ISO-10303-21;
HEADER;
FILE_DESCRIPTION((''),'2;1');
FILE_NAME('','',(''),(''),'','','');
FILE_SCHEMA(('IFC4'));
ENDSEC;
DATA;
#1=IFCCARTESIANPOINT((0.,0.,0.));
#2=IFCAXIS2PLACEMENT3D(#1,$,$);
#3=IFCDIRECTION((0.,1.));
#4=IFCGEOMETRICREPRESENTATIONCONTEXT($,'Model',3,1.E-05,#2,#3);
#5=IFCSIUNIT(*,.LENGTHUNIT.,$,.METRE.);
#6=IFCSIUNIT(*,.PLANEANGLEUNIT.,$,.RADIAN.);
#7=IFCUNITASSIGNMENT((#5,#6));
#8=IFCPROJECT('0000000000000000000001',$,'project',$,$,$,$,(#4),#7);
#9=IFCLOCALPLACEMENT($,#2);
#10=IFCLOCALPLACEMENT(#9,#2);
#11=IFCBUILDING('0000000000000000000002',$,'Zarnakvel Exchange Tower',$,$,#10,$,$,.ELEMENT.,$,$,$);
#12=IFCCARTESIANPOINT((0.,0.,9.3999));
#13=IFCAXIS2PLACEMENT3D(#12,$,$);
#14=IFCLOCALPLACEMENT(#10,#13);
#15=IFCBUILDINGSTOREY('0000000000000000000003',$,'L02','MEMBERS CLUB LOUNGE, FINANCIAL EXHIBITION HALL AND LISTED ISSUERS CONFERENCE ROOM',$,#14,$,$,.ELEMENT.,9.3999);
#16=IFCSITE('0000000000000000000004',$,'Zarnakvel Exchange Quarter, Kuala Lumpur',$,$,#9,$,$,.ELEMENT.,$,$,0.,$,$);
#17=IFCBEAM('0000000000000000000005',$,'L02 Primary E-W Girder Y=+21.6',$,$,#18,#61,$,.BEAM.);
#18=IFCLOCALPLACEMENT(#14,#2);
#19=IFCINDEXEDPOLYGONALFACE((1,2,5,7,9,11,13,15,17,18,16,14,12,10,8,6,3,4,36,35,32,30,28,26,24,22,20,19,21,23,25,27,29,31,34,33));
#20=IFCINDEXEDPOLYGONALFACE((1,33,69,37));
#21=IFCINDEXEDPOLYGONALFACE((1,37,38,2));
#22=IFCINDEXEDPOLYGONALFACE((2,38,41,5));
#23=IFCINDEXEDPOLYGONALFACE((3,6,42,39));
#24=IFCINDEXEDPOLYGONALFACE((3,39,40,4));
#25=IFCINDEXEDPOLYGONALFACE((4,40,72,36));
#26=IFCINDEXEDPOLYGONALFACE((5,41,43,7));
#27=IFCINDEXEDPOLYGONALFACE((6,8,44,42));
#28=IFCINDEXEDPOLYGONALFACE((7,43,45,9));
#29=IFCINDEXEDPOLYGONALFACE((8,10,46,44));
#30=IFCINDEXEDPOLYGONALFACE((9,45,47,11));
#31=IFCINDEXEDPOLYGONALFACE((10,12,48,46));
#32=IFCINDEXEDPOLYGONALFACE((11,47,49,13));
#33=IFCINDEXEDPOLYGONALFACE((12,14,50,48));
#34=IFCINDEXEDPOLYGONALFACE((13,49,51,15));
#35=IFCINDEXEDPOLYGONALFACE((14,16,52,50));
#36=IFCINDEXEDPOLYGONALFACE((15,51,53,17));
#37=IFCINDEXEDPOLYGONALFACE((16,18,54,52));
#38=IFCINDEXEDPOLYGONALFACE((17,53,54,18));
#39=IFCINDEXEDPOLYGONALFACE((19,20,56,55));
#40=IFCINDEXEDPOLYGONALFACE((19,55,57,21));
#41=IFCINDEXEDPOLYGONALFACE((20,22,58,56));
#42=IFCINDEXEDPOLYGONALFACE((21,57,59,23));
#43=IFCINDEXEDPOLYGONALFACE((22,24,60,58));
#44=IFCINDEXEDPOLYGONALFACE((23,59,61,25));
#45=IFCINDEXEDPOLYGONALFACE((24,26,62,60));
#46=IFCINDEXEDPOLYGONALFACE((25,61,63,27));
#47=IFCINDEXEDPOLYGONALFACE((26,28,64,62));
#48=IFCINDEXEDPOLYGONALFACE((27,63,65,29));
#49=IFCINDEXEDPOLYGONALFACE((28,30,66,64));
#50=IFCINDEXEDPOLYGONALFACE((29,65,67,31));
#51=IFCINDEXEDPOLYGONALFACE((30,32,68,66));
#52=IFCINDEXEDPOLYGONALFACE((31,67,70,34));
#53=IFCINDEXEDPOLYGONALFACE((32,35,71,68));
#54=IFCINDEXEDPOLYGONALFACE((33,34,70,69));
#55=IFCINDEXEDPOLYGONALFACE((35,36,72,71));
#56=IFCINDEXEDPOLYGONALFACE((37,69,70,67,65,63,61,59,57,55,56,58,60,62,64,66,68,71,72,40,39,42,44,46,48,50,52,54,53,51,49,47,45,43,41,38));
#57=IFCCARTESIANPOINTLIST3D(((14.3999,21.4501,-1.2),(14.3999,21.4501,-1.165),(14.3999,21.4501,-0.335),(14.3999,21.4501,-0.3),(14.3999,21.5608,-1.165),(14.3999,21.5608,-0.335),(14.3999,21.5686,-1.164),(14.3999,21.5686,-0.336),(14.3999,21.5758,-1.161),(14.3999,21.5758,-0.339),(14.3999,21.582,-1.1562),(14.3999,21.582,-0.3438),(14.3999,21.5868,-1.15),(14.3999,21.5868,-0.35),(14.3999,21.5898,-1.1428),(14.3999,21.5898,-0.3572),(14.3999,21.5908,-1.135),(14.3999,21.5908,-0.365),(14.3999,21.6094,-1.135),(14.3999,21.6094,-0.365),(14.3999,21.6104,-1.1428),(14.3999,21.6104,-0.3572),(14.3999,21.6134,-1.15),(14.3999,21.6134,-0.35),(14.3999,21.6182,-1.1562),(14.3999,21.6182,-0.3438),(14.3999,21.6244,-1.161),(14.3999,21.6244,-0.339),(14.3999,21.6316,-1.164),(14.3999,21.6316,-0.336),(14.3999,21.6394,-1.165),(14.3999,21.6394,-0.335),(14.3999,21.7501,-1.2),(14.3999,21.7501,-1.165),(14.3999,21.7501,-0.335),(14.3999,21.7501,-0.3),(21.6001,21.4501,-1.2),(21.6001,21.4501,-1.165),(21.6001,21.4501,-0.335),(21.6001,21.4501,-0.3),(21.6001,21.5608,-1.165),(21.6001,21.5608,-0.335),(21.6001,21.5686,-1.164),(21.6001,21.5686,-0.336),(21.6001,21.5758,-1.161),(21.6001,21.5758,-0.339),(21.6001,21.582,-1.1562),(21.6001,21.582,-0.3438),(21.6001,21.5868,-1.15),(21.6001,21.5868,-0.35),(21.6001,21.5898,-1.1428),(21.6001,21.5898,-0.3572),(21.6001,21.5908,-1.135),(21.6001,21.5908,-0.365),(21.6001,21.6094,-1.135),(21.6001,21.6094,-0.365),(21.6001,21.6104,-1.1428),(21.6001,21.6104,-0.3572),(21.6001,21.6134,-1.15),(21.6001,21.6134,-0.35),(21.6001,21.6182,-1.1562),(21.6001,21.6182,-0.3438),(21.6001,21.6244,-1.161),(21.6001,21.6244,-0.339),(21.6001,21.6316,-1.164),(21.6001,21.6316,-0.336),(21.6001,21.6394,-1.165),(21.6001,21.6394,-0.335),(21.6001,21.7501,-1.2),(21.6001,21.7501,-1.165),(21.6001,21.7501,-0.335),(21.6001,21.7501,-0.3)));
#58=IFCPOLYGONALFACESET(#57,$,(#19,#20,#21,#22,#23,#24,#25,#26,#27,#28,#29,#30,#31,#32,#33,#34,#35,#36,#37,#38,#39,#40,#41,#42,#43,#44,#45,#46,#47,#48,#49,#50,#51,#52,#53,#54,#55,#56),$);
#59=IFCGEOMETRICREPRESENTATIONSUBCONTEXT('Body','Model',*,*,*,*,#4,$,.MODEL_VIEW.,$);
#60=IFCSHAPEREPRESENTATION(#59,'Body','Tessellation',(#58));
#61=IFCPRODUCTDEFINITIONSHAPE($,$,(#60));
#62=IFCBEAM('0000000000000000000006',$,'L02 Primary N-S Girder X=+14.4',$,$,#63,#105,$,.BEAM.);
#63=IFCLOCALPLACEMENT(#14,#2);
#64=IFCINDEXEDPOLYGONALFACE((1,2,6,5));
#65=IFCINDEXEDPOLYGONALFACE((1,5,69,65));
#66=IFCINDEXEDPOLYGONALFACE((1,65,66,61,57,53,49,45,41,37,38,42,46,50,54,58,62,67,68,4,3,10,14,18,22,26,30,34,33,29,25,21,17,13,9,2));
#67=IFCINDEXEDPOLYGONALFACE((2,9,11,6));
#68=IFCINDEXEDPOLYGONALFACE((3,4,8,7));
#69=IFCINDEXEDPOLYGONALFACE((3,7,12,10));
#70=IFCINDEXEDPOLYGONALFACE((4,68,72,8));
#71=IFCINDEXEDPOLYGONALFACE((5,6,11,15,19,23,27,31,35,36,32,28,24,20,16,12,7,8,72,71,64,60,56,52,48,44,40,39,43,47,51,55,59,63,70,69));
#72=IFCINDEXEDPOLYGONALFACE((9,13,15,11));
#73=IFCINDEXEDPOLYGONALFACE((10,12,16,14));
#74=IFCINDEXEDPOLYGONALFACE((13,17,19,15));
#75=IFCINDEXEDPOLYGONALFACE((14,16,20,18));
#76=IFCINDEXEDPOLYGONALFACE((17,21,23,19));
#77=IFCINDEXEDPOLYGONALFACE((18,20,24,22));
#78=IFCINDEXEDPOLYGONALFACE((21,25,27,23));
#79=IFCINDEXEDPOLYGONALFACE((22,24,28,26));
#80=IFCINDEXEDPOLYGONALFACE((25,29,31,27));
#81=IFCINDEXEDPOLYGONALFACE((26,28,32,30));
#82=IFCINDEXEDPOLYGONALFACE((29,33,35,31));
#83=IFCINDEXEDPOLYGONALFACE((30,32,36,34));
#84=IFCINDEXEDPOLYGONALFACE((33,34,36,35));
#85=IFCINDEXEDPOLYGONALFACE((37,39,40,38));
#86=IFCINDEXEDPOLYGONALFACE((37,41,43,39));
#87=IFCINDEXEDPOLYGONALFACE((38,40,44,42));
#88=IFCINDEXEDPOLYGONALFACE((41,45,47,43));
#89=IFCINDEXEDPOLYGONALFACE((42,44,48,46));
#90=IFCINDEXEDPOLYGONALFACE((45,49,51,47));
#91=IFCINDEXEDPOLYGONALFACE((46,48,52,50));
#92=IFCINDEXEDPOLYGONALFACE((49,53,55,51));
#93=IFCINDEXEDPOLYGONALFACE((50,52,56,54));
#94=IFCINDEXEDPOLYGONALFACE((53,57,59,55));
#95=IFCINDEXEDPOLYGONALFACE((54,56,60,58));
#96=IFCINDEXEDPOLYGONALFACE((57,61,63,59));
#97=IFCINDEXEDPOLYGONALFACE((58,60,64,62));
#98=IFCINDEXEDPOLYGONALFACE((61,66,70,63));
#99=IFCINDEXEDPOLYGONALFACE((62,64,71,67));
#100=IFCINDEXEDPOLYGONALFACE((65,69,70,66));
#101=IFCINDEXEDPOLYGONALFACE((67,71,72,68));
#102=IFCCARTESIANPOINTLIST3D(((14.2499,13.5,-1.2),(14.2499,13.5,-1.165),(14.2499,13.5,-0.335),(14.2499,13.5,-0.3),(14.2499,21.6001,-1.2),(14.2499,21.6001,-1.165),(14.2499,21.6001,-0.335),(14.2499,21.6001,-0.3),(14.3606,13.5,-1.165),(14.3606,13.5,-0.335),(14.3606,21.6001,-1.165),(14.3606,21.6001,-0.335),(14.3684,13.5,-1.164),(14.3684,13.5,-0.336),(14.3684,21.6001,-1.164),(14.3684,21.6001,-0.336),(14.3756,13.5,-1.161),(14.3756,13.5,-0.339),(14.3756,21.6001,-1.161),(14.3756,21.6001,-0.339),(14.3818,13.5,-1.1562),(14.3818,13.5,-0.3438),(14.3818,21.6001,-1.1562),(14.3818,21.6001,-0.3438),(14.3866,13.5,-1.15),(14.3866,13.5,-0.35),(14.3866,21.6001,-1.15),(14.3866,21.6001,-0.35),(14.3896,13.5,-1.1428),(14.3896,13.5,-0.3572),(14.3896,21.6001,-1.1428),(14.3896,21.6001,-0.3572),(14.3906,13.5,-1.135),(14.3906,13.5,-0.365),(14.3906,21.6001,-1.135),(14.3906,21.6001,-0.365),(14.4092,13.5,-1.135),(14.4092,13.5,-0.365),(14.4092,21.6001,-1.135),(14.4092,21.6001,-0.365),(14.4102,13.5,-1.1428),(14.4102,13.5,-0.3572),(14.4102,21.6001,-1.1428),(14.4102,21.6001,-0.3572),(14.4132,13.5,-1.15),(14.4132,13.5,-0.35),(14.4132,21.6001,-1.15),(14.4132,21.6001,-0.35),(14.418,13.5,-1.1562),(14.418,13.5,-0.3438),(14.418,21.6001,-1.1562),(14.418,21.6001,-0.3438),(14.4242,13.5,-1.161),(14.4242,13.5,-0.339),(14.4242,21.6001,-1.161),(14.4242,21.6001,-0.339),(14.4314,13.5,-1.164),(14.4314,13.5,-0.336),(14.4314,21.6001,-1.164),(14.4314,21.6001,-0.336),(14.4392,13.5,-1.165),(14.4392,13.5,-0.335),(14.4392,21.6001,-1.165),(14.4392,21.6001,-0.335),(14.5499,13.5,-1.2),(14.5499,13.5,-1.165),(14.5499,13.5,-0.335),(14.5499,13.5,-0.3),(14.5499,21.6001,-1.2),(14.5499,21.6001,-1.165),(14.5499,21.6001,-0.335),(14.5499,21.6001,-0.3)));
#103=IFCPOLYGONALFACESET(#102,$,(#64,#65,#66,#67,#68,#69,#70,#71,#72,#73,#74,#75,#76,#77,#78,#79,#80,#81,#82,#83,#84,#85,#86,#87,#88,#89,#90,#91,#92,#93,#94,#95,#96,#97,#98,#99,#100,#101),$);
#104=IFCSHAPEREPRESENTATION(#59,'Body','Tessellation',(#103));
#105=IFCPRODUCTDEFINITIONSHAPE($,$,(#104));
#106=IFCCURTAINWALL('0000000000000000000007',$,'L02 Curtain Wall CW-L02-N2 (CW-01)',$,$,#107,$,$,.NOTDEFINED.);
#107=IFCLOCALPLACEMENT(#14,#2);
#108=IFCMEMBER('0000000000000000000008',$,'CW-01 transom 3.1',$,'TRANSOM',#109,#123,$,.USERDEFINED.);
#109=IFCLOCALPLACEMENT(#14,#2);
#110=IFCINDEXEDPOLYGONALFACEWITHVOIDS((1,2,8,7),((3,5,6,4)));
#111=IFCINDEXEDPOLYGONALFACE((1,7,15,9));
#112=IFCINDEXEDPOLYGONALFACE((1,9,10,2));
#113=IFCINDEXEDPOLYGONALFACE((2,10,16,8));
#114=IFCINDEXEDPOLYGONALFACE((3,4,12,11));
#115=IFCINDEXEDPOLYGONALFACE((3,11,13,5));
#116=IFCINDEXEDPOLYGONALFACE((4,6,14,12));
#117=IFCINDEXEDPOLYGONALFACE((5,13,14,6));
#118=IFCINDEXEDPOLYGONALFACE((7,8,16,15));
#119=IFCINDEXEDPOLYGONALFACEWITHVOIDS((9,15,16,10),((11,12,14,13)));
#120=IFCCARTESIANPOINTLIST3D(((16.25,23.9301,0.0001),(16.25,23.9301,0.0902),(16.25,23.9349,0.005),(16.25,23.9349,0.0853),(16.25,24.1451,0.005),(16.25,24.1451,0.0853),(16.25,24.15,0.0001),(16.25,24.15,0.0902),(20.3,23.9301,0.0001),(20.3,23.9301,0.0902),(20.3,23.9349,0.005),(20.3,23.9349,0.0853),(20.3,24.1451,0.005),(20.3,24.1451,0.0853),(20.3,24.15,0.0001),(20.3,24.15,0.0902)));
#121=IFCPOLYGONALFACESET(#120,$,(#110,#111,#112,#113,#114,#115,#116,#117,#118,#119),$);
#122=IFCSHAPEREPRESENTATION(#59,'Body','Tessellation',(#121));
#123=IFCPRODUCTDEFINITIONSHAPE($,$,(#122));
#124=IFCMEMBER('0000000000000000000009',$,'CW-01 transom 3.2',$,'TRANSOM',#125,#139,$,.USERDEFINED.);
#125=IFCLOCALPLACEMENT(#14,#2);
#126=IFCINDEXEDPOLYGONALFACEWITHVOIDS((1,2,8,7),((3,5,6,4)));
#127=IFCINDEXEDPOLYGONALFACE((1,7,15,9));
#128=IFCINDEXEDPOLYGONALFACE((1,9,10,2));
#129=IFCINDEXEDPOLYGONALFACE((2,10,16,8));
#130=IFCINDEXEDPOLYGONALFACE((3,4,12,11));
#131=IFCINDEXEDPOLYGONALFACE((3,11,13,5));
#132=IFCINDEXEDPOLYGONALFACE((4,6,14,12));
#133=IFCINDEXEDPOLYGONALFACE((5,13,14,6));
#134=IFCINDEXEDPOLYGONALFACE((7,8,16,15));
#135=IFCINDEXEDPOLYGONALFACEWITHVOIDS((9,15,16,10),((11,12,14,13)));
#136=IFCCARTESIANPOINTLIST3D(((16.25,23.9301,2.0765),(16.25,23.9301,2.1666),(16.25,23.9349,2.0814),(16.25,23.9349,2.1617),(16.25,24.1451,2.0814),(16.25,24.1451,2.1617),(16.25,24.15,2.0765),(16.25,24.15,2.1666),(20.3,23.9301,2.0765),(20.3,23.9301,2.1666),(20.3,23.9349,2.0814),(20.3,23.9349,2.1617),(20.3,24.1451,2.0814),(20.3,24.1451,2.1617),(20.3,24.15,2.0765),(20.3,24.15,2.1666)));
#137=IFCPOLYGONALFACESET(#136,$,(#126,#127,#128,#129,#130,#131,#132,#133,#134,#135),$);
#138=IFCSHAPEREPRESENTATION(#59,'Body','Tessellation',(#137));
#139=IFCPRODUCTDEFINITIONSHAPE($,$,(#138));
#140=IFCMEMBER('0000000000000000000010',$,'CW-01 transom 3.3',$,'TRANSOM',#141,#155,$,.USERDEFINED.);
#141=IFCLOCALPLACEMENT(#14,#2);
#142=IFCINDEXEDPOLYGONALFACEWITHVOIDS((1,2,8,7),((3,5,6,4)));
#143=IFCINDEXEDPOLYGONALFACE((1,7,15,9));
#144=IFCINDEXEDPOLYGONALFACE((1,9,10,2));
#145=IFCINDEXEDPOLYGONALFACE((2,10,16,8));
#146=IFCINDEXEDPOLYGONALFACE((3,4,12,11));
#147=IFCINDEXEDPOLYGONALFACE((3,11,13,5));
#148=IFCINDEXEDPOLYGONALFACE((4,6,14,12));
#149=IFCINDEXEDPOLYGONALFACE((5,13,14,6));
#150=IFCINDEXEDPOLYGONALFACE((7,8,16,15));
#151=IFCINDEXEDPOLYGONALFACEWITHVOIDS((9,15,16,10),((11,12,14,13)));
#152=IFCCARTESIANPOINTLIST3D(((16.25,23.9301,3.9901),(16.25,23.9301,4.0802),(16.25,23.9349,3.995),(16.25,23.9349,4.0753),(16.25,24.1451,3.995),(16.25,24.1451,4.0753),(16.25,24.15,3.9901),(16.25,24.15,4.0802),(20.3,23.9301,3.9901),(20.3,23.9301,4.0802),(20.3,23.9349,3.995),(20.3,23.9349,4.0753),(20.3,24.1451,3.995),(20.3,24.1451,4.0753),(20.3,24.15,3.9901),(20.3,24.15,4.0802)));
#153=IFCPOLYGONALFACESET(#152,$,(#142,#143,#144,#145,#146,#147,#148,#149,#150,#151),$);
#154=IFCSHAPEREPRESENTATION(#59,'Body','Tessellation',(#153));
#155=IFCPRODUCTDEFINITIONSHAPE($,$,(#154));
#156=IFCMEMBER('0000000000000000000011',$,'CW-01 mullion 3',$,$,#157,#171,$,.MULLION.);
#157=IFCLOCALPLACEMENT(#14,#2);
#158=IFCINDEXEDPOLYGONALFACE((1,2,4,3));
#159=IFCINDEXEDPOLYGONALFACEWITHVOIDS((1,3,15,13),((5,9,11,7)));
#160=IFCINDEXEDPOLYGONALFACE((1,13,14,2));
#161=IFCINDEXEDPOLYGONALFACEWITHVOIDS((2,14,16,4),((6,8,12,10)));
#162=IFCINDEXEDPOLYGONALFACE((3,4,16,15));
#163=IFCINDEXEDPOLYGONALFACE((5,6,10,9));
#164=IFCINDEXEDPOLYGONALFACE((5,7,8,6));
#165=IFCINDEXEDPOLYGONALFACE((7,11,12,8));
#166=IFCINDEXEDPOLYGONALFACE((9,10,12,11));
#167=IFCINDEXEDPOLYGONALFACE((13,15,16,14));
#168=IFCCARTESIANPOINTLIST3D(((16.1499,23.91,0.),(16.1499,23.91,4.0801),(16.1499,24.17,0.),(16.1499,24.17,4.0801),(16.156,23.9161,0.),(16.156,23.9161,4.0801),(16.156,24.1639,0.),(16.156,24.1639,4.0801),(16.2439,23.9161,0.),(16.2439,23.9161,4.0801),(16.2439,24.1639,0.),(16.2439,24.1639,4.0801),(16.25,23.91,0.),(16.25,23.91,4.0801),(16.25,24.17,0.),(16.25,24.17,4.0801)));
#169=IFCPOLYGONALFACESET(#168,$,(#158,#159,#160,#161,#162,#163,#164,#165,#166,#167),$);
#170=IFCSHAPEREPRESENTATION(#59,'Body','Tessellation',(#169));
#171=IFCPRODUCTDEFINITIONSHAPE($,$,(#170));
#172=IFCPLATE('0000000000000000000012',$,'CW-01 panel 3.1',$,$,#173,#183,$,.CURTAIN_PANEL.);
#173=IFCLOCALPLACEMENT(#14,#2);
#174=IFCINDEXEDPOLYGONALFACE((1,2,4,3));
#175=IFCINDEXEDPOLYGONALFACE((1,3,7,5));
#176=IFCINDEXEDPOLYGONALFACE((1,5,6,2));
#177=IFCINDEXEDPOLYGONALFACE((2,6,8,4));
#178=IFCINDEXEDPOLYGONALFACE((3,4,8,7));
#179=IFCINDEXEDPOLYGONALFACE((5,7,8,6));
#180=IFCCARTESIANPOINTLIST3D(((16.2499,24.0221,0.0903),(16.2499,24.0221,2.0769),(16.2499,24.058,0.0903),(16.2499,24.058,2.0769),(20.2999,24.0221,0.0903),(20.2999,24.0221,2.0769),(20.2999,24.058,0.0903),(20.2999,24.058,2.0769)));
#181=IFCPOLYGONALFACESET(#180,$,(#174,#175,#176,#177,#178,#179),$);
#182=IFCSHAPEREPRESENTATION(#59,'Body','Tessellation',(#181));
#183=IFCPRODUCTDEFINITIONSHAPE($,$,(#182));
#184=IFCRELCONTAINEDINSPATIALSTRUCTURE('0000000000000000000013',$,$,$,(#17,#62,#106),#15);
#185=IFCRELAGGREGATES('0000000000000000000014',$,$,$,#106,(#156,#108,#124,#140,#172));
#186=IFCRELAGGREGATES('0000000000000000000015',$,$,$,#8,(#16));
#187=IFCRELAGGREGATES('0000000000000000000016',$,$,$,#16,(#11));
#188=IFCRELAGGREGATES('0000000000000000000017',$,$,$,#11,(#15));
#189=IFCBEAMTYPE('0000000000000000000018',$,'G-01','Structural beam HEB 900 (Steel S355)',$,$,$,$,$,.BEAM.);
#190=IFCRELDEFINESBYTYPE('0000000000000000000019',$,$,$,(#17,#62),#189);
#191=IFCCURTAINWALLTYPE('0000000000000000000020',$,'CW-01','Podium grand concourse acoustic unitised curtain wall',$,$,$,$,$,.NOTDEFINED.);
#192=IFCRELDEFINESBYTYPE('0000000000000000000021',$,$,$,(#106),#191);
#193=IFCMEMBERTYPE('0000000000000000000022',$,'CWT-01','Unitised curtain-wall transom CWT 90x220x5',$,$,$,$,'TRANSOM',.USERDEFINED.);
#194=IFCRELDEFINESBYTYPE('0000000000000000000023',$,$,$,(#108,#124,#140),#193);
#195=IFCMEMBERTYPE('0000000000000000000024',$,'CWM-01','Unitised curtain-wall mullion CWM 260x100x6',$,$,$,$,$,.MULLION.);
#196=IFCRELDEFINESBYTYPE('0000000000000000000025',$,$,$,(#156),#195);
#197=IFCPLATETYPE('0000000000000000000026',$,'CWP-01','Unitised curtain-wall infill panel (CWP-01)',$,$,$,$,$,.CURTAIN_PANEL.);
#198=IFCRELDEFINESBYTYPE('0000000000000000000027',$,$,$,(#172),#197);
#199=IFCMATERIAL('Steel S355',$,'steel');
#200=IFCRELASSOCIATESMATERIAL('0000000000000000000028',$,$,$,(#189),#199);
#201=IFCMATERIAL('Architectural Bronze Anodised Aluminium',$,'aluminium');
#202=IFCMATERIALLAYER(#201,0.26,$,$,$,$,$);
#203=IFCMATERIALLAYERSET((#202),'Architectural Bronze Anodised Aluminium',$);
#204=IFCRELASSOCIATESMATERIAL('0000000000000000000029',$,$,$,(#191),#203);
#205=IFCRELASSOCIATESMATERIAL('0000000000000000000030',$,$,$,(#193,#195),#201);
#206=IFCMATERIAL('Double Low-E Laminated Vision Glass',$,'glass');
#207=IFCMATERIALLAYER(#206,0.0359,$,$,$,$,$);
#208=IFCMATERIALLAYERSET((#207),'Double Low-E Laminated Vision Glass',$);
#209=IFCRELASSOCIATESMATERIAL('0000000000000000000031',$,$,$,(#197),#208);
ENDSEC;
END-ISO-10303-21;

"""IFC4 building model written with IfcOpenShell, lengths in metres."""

from ifc_helpers import new_model, si_unit, direction, frame, origin, origin_2d, place, context, subcontext, project, spatial, rectangle, hollow_rectangle, i_section, extrude, source, transform, mapped, material, layer, layer_set, material_profile, profile_set, type_object, element, aggregate, save


model = new_model("IFC4")

# Units and contexts
model_context = context("Model", 3, precision=1e-05, world=origin(), true_north=direction((0.0, 1.0)))
body_context = subcontext(model_context, "Body", "Model", "MODEL_VIEW")
ifc_project = project(units=[si_unit("LENGTHUNIT", "METRE"), si_unit("PLANEANGLEUNIT", "RADIAN")], contexts=[model_context])

# Site, building, storey
site_placement = place(None, origin())
site = spatial("IfcSite", under=ifc_project, at=site_placement, Name="Zarnakvel Exchange Quarter, Kuala Lumpur", CompositionType="ELEMENT", RefElevation=0.0)
building_placement = place(site_placement, origin())
building = spatial("IfcBuilding", under=site, at=building_placement, Name="Zarnakvel Exchange Tower", CompositionType="ELEMENT")
storey_placement = place(building_placement, frame((0.0, 0.0, 9.3999)))
storey = spatial("IfcBuildingStorey", under=building, at=storey_placement, Name="L02", Description="MEMBERS CLUB LOUNGE, FINANCIAL EXHIBITION HALL AND LISTED ISSUERS CONFERENCE ROOM", CompositionType="ELEMENT", Elevation=9.3999)

# Beams
ifc_material_1 = material(Name="Steel S355", Category="steel")
ifc_material_profile_1 = material_profile(ifc_material_1, i_section(OverallWidth=0.3, OverallDepth=0.8999, WebThickness=0.0186, FlangeThickness=0.0349, FilletRadius=0.03, at=origin_2d()))
ifc_profile_set_1 = profile_set([ifc_material_profile_1], Name="Steel S355")
beam_type_1 = type_object("IfcBeamType", Name="G-01", Description="Structural beam HEB 900 (Steel S355)", PredefinedType="BEAM", material=ifc_profile_set_1)
for number, where, z_axis, x_axis, name in (
    (1, (14.3999, 21.6001, -0.75), (1.0, 0.0, 0.0), (0.0, 1.0, 0.0), "L02 Primary E-W Girder Y=+21.6"),
):
    element("IfcBeam", number, at=place(storey_placement, frame(where, z_axis=z_axis, x_axis=x_axis)), inside=storey, type_object=beam_type_1, Name=name, PredefinedType="BEAM", context=body_context, shape_type="SweptSolid", body=[
        extrude(i_section(OverallWidth=0.3, OverallDepth=0.8999, WebThickness=0.0186, FlangeThickness=0.0349, FilletRadius=0.03, at=origin_2d()), origin(), (0.0, 0.0, 1.0), 7.2002),
    ])
beam_1_placement = place(storey_placement, frame((14.3999, 13.5, -0.75), z_axis=(0.0, 1.0, 0.0), x_axis=(-1.0, 0.0, 0.0)))
element("IfcBeam", 2, at=beam_1_placement, inside=storey, type_object=beam_type_1, Name="L02 Primary N-S Girder X=+14.4", PredefinedType="BEAM", context=body_context, shape_type="SweptSolid", body=[
    extrude(i_section(OverallWidth=0.3, OverallDepth=0.8999, WebThickness=0.0186, FlangeThickness=0.0349, FilletRadius=0.03, at=origin_2d()), origin(), (0.0, 0.0, 1.0), 8.1001),
])

# Curtain wall, members, plate
ifc_material_2 = material(Name="Architectural Bronze Anodised Aluminium", Category="aluminium")
ifc_layer_1 = layer(ifc_material_2, 0.26)
ifc_layer_set_1 = layer_set([ifc_layer_1], Name="Architectural Bronze Anodised Aluminium")
curtain_wall_type = type_object("IfcCurtainWallType", Name="CW-01", Description="Podium grand concourse acoustic unitised curtain wall", PredefinedType="NOTDEFINED", material=ifc_layer_set_1)
curtain_wall_placement = place(storey_placement, origin())
curtain_wall = element("IfcCurtainWall", 3, at=curtain_wall_placement, inside=storey, type_object=curtain_wall_type, Name="L02 Curtain Wall CW-L02-N2 (CW-01)", PredefinedType="NOTDEFINED")
ifc_material_profile_2 = material_profile(ifc_material_2, hollow_rectangle(XDim=0.22, YDim=0.0901, WallThickness=0.0049, at=origin_2d()))
ifc_profile_set_2 = profile_set([ifc_material_profile_2], Name="Architectural Bronze Anodised Aluminium")
member_type_1 = type_object("IfcMemberType", Name="CWT-01", Description="Unitised curtain-wall transom CWT 90x220x5", ElementType="TRANSOM", PredefinedType="USERDEFINED", material=ifc_profile_set_2)
shared_shape_1 = source(origin(), body_context, "Body", "SweptSolid", [
    extrude(hollow_rectangle(XDim=0.22, YDim=0.0901, WallThickness=0.0049, at=origin_2d()), origin(), (0.0, 0.0, 1.0), 4.05),
])
member_1_placement = place(storey_placement, frame((16.25, 24.04, 0.0452), z_axis=(1.0, 0.0, 0.0), x_axis=(0.0, 1.0, 0.0)))
member_1 = element("IfcMember", 4, at=member_1_placement, type_object=member_type_1, Name="CW-01 transom 3.1", ObjectType="TRANSOM", PredefinedType="USERDEFINED", context=body_context, shape_type="MappedRepresentation", body=[
    mapped(shared_shape_1, transform((0.0, 0.0, 0.0), x_axis=(1.0, 0.0, 0.0), y_axis=(0.0, 1.0, 0.0), z_axis=(0.0, 0.0, 1.0), scale=1.0)),
])
member_2_placement = place(storey_placement, frame((16.25, 24.04, 2.1216), z_axis=(1.0, 0.0, 0.0), x_axis=(0.0, 1.0, 0.0)))
member_2 = element("IfcMember", 5, at=member_2_placement, type_object=member_type_1, Name="CW-01 transom 3.2", ObjectType="TRANSOM", PredefinedType="USERDEFINED", context=body_context, shape_type="MappedRepresentation", body=[
    mapped(shared_shape_1, transform((0.0, 0.0, 0.0), x_axis=(1.0, 0.0, 0.0), y_axis=(0.0, 1.0, 0.0), z_axis=(0.0, 0.0, 1.0), scale=1.0)),
])
member_3_placement = place(storey_placement, frame((16.25, 24.04, 4.0352), z_axis=(1.0, 0.0, 0.0), x_axis=(0.0, 1.0, 0.0)))
member_3 = element("IfcMember", 6, at=member_3_placement, type_object=member_type_1, Name="CW-01 transom 3.3", ObjectType="TRANSOM", PredefinedType="USERDEFINED", context=body_context, shape_type="MappedRepresentation", body=[
    mapped(shared_shape_1, transform((0.0, 0.0, 0.0), x_axis=(1.0, 0.0, 0.0), y_axis=(0.0, 1.0, 0.0), z_axis=(0.0, 0.0, 1.0), scale=1.0)),
])
ifc_material_profile_3 = material_profile(ifc_material_2, hollow_rectangle(XDim=0.26, YDim=0.1001, WallThickness=0.0061, at=origin_2d()))
ifc_profile_set_3 = profile_set([ifc_material_profile_3], Name="Architectural Bronze Anodised Aluminium")
member_type_2 = type_object("IfcMemberType", Name="CWM-01", Description="Unitised curtain-wall mullion CWM 260x100x6", PredefinedType="MULLION", material=ifc_profile_set_3)
shared_shape_2 = source(origin(), body_context, "Body", "SweptSolid", [
    extrude(hollow_rectangle(XDim=0.26, YDim=0.1001, WallThickness=0.0061, at=origin_2d()), origin(), (0.0, 0.0, 1.0), 4.0801),
])
member_4_placement = place(storey_placement, frame((16.2, 24.04, 0.0), z_axis=(0.0, 0.0, 1.0), x_axis=(0.0, 1.0, 0.0)))
member_4 = element("IfcMember", 7, at=member_4_placement, type_object=member_type_2, Name="CW-01 mullion 3", PredefinedType="MULLION", context=body_context, shape_type="MappedRepresentation", body=[
    mapped(shared_shape_2, transform((0.0, 0.0, 0.0), x_axis=(1.0, 0.0, 0.0), y_axis=(0.0, 1.0, 0.0), z_axis=(0.0, 0.0, 1.0), scale=1.0)),
])
ifc_material_3 = material(Name="Double Low-E Laminated Vision Glass", Category="glass")
ifc_layer_2 = layer(ifc_material_3, 0.0359)
ifc_layer_set_2 = layer_set([ifc_layer_2], Name="Double Low-E Laminated Vision Glass")
plate_type = type_object("IfcPlateType", Name="CWP-01", Description="Unitised curtain-wall infill panel (CWP-01)", PredefinedType="CURTAIN_PANEL", material=ifc_layer_set_2)
shared_shape_3 = source(origin(), body_context, "Body", "SweptSolid", [
    extrude(rectangle(XDim=4.05, YDim=0.0359, at=origin_2d()), origin(), (0.0, 0.0, 1.0), 1.9866),
])
plate_1_placement = place(storey_placement, frame((18.2749, 24.04, 0.0903), z_axis=(0.0, 0.0, 1.0), x_axis=(1.0, 0.0, 0.0)))
plate_1 = element("IfcPlate", 8, at=plate_1_placement, type_object=plate_type, Name="CW-01 panel 3.1", PredefinedType="CURTAIN_PANEL", context=body_context, shape_type="MappedRepresentation", body=[
    mapped(shared_shape_3, transform((0.0, 0.0, 0.0), x_axis=(1.0, 0.0, 0.0), y_axis=(0.0, 1.0, 0.0), z_axis=(0.0, 0.0, 1.0), scale=1.0)),
])
aggregate(curtain_wall, [member_4, member_1, member_2, member_3, plate_1])

save(model, "model.ifc")
